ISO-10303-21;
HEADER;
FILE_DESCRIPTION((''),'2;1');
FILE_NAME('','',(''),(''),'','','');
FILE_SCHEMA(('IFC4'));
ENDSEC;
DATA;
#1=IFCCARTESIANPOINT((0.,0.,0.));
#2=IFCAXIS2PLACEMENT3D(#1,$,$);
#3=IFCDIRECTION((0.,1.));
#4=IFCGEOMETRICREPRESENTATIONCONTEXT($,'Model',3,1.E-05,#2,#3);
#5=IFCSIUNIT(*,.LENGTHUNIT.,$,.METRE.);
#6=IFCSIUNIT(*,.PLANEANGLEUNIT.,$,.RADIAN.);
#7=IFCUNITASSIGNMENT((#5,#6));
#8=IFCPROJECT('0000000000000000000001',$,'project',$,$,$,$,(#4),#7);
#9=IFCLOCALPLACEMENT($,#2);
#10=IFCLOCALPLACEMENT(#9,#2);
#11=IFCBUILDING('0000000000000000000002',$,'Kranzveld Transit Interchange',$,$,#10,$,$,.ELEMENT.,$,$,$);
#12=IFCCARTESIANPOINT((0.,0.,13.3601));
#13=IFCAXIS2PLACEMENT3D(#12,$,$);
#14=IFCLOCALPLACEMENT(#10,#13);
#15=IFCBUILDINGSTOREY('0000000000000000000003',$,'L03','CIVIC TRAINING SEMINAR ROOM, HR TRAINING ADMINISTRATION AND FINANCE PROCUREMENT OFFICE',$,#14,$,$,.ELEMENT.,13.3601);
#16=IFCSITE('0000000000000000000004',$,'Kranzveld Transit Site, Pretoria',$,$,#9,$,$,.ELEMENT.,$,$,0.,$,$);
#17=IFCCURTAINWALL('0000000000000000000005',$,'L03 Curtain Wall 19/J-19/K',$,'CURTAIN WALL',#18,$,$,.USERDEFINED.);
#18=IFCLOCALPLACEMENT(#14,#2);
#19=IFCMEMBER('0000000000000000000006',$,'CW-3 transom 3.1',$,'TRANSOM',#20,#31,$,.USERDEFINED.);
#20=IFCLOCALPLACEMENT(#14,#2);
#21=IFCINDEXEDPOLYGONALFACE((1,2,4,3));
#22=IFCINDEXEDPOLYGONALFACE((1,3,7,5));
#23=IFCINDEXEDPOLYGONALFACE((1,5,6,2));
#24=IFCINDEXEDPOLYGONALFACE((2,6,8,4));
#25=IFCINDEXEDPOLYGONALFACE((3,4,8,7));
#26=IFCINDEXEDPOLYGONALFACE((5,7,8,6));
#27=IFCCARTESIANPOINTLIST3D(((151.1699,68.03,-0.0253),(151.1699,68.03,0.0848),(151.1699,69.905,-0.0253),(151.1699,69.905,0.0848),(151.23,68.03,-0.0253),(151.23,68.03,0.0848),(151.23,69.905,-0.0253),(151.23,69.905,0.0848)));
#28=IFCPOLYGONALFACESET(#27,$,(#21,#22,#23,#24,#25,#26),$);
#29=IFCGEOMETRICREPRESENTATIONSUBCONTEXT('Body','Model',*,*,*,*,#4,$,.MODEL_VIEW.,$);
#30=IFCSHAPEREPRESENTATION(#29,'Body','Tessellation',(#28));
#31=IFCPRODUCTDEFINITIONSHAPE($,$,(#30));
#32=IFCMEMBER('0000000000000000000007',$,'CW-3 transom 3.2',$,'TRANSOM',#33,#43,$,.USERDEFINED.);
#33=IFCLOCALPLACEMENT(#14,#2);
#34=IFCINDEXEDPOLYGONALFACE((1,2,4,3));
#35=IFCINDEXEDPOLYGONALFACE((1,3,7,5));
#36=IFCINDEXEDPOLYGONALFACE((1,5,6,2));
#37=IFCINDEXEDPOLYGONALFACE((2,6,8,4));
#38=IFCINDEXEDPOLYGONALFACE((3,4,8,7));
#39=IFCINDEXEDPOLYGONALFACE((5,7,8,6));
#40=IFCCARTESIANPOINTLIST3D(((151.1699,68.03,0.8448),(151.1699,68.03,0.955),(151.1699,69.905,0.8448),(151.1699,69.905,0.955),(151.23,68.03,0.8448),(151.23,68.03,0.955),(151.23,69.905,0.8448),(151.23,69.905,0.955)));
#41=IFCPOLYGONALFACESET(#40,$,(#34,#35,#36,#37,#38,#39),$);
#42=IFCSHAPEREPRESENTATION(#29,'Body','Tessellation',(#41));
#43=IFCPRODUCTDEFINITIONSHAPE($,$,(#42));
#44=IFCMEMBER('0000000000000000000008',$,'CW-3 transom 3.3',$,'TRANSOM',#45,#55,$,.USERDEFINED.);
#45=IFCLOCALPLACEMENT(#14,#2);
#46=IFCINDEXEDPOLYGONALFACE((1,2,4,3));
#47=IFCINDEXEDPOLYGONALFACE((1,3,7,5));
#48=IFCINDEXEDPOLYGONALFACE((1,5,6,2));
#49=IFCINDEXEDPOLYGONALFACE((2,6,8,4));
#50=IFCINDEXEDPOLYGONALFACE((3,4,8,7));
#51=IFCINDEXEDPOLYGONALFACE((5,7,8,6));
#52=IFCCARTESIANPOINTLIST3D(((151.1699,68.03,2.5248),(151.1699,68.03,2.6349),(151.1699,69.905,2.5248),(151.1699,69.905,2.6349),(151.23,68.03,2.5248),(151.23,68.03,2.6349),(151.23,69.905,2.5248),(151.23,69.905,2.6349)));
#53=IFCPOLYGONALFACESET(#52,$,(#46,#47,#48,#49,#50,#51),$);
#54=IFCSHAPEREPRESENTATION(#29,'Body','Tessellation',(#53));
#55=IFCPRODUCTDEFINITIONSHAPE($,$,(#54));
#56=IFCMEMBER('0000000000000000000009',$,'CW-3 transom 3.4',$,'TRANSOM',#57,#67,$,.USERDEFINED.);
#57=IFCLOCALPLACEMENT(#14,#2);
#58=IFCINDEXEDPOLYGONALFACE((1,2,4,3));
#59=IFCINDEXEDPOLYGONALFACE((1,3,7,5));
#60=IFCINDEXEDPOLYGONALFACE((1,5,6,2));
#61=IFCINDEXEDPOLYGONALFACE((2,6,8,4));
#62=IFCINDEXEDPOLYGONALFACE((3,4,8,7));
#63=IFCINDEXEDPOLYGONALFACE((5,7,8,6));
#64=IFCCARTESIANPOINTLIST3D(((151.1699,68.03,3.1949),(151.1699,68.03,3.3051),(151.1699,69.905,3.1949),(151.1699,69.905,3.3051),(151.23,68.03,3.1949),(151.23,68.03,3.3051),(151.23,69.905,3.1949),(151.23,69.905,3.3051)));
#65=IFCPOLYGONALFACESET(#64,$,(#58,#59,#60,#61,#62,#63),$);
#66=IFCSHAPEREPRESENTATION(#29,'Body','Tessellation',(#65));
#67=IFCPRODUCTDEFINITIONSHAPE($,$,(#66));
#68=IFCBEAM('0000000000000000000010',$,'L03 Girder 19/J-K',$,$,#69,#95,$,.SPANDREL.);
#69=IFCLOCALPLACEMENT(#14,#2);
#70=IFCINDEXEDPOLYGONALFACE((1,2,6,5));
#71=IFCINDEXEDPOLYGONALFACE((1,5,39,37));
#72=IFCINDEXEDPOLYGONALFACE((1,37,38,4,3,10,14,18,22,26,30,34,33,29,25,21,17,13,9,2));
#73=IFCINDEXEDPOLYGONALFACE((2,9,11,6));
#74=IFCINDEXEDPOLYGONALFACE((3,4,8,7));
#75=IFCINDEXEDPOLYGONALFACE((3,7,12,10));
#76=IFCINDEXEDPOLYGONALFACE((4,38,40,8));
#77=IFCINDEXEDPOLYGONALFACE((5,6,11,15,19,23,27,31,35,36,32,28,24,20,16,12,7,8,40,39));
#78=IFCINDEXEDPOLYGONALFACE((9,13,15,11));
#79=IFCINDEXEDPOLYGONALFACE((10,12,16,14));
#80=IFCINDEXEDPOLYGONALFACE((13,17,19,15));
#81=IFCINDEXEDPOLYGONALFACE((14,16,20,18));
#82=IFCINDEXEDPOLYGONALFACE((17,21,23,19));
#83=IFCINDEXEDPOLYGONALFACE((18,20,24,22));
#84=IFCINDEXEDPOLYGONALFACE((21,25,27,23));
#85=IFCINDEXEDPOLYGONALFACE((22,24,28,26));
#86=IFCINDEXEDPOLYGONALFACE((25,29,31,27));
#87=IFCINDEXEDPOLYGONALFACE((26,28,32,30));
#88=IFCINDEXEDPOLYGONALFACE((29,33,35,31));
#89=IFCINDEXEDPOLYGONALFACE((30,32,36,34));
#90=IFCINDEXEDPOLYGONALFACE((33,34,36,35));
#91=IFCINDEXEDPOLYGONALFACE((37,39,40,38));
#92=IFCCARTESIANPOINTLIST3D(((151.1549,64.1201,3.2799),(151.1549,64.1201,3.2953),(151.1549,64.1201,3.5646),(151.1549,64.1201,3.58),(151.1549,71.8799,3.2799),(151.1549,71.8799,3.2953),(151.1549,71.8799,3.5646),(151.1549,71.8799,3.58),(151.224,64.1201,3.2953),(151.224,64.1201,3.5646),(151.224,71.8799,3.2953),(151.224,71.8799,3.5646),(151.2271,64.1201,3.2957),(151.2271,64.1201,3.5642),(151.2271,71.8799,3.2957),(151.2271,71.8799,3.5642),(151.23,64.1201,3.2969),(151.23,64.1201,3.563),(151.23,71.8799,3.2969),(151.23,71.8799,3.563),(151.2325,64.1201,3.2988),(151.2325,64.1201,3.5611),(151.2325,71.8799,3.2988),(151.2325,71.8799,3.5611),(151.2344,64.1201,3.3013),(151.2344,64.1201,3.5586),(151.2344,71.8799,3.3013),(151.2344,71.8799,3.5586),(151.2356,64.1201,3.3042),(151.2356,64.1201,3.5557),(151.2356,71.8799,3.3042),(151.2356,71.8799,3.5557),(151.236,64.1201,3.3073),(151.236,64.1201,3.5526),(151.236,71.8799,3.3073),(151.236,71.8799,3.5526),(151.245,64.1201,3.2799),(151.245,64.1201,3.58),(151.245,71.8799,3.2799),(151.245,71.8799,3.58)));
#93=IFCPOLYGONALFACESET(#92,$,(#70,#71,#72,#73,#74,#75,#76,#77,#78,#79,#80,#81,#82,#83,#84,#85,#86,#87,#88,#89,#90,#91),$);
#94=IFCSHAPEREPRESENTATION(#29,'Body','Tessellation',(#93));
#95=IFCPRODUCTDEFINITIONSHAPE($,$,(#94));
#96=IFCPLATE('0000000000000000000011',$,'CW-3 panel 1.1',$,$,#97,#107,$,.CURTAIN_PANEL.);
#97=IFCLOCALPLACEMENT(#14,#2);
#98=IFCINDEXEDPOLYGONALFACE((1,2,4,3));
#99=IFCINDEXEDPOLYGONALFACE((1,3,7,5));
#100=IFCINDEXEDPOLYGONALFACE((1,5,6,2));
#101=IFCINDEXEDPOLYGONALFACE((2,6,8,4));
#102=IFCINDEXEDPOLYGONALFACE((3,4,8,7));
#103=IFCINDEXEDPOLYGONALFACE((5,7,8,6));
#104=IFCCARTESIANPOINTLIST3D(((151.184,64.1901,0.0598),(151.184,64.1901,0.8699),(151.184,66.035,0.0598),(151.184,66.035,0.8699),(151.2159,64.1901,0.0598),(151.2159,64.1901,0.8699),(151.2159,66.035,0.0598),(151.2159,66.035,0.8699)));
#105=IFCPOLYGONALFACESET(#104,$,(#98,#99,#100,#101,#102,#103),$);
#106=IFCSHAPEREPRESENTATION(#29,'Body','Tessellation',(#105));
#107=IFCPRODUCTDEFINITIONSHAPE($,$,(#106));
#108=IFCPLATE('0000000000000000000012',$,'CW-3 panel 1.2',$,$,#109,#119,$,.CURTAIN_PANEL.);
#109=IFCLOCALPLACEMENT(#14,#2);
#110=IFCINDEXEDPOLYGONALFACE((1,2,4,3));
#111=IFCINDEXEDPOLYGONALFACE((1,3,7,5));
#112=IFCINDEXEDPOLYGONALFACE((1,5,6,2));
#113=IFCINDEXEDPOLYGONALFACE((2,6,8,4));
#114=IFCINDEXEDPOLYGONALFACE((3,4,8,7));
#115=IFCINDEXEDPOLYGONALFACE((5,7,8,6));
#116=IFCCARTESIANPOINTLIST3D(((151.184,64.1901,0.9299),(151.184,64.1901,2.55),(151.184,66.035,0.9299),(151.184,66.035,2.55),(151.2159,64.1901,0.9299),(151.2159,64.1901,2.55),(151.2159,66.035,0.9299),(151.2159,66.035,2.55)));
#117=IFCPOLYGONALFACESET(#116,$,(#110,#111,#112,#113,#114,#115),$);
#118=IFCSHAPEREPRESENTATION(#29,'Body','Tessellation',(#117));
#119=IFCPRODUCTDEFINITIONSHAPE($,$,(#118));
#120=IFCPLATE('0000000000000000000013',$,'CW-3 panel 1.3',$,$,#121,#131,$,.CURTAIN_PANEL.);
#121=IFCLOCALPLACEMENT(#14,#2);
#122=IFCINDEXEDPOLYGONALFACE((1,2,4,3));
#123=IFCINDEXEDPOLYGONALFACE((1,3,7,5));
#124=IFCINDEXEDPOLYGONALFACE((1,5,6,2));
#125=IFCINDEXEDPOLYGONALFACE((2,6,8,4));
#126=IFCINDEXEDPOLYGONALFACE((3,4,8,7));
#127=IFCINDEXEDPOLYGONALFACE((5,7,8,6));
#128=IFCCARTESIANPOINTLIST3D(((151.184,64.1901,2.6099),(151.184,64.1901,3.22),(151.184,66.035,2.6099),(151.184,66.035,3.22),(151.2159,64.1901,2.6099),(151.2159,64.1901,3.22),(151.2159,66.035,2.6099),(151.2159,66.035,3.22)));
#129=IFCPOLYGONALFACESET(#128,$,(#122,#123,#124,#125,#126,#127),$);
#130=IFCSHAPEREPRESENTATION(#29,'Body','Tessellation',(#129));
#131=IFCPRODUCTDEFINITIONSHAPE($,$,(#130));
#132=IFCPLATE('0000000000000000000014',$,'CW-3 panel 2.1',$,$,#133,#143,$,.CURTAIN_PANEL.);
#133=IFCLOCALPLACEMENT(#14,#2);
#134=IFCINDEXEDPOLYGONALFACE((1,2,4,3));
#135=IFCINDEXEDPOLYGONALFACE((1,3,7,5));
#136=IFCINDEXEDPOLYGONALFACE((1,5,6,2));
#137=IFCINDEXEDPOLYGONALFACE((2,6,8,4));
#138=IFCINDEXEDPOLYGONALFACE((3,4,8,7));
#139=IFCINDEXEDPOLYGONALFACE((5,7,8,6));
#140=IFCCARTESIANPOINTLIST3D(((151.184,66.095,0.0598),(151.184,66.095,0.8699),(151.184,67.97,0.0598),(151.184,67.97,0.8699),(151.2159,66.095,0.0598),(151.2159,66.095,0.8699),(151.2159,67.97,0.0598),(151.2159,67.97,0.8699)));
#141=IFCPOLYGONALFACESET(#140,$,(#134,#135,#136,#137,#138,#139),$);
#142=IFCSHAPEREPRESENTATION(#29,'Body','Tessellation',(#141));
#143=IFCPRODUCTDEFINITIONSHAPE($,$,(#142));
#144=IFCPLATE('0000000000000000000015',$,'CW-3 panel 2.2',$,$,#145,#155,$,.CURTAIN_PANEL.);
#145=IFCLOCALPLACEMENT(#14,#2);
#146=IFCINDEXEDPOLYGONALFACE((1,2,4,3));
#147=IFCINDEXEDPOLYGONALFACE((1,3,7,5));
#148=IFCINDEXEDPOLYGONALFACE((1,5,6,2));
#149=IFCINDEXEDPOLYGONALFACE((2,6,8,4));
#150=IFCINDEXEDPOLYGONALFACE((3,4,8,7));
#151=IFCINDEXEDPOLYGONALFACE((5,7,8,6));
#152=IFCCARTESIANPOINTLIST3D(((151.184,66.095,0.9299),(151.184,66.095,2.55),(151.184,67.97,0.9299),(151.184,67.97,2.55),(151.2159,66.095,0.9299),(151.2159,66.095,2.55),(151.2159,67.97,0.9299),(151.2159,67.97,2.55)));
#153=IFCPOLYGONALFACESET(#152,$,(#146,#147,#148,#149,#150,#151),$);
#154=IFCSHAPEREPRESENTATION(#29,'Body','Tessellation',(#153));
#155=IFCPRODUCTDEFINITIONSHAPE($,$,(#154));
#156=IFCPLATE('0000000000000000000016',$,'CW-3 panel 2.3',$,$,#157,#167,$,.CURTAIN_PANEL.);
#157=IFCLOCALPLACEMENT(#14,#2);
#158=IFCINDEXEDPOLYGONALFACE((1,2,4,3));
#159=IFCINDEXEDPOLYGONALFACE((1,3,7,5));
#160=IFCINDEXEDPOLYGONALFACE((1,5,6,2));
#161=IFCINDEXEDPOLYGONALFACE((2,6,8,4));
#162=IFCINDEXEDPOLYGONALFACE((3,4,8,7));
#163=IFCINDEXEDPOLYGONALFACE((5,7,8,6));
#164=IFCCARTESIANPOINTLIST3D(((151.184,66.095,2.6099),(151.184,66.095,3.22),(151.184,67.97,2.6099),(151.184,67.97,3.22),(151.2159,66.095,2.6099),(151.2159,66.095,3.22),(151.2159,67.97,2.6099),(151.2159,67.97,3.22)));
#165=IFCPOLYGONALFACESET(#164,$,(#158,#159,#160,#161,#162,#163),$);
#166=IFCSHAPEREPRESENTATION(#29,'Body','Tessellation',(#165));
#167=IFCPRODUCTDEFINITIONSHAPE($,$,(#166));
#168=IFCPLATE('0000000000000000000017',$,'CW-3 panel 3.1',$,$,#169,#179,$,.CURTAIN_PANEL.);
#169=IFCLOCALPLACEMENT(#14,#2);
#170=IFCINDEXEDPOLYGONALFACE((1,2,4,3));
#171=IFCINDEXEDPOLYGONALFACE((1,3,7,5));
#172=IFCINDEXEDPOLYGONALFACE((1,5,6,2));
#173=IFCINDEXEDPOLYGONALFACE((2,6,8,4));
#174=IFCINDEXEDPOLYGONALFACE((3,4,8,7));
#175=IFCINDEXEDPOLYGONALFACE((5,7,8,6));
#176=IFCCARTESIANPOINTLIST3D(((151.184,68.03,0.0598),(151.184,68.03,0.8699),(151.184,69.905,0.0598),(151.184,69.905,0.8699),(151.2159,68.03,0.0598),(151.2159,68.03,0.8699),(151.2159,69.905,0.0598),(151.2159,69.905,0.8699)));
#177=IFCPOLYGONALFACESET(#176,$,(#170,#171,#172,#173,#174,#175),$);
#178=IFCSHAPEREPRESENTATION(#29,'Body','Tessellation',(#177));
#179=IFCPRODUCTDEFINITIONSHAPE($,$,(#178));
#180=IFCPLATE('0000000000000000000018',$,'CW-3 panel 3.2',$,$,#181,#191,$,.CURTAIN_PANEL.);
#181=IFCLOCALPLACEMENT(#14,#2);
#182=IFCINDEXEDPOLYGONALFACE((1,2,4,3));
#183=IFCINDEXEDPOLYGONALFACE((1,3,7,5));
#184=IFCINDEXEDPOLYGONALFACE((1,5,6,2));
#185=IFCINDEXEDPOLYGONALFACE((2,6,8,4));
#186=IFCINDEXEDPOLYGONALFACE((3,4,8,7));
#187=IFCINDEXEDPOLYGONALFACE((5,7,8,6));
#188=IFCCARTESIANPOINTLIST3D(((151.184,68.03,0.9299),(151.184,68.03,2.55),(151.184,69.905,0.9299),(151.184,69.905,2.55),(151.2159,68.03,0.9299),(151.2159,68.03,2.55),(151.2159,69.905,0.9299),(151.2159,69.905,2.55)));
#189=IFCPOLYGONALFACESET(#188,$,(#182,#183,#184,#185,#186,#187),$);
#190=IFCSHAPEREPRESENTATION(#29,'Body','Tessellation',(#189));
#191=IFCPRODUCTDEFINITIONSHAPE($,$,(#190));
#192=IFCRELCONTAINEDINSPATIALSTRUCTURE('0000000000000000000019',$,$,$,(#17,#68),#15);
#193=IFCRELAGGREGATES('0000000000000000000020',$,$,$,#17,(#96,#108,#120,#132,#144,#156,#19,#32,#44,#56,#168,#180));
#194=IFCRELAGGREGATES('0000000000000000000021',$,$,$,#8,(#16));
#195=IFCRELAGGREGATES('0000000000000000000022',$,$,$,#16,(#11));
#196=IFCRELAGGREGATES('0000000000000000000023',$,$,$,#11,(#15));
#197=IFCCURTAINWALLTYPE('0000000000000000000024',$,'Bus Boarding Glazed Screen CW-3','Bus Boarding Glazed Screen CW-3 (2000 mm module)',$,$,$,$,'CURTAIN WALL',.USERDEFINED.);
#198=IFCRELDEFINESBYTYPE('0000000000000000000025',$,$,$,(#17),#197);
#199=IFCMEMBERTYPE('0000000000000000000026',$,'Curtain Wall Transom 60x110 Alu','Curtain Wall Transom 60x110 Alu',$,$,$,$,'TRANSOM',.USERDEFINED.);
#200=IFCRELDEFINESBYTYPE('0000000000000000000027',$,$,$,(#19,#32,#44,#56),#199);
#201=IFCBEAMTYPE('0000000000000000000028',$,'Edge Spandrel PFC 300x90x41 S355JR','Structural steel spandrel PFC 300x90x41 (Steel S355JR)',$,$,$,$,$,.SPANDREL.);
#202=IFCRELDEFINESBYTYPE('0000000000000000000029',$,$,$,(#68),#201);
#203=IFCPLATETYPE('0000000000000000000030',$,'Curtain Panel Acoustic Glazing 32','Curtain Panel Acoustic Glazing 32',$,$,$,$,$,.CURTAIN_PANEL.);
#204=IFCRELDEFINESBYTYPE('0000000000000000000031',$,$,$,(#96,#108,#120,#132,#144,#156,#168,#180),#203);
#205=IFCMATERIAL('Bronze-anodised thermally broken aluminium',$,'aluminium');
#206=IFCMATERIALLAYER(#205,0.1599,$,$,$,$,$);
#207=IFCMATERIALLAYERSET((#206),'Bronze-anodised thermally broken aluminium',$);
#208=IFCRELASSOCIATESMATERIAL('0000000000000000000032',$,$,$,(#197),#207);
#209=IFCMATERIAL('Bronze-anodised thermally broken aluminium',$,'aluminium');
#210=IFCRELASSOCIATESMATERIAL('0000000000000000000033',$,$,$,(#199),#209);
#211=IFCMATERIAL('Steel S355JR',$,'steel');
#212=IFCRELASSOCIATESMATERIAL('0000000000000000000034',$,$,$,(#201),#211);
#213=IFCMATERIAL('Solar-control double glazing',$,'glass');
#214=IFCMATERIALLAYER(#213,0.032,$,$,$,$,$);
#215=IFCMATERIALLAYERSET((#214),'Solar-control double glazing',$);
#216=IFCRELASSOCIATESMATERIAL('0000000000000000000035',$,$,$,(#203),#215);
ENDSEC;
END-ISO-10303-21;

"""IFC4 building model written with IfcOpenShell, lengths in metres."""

from ifc_helpers import new_model, si_unit, direction, frame, origin, origin_2d, place, context, subcontext, project, spatial, rectangle, u_section, extrude, material, layer, layer_set, material_profile, profile_set, type_object, element, aggregate, save


model = new_model("IFC4")

# Units and contexts
model_context = context("Model", 3, precision=1e-05, world=origin(), true_north=direction((0.0, 1.0)))
body_context = subcontext(model_context, "Body", "Model", "MODEL_VIEW")
ifc_project = project(units=[si_unit("LENGTHUNIT", "METRE"), si_unit("PLANEANGLEUNIT", "RADIAN")], contexts=[model_context])

# Site, building, storey
site_placement = place(None, origin())
site = spatial("IfcSite", under=ifc_project, at=site_placement, Name="Kranzveld Transit Site, Pretoria", CompositionType="ELEMENT", RefElevation=0.0)
building_placement = place(site_placement, origin())
building = spatial("IfcBuilding", under=site, at=building_placement, Name="Kranzveld Transit Interchange", CompositionType="ELEMENT")
storey_placement = place(building_placement, frame((0.0, 0.0, 13.3601)))
storey = spatial("IfcBuildingStorey", under=building, at=storey_placement, Name="L03", Description="CIVIC TRAINING SEMINAR ROOM, HR TRAINING ADMINISTRATION AND FINANCE PROCUREMENT OFFICE", CompositionType="ELEMENT", Elevation=13.3601)

# Curtain wall, members
ifc_material_1 = material(Name="Bronze-anodised thermally broken aluminium", Category="aluminium")
ifc_layer_1 = layer(ifc_material_1, 0.1599)
ifc_layer_set_1 = layer_set([ifc_layer_1], Name="Bronze-anodised thermally broken aluminium")
curtain_wall_type = type_object("IfcCurtainWallType", Name="Bus Boarding Glazed Screen CW-3", Description="Bus Boarding Glazed Screen CW-3 (2000 mm module)", ElementType="CURTAIN WALL", PredefinedType="USERDEFINED", material=ifc_layer_set_1)
curtain_wall_placement = place(storey_placement, origin())
curtain_wall = element("IfcCurtainWall", 1, at=curtain_wall_placement, inside=storey, type_object=curtain_wall_type, Name="L03 Curtain Wall 19/J-19/K", ObjectType="CURTAIN WALL", PredefinedType="USERDEFINED")
ifc_material_2 = material(Name="Bronze-anodised thermally broken aluminium", Category="aluminium")
ifc_material_profile_1 = material_profile(ifc_material_2, rectangle(XDim=0.0601, YDim=0.1101, at=origin_2d()), Name="ALU TRANSOM 60x110")
ifc_profile_set_1 = profile_set([ifc_material_profile_1], Name="Bronze-anodised thermally broken aluminium")
member_type_1 = type_object("IfcMemberType", Name="Curtain Wall Transom 60x110 Alu", Description="Curtain Wall Transom 60x110 Alu", ElementType="TRANSOM", PredefinedType="USERDEFINED", material=ifc_profile_set_1)
member_1_placement = place(storey_placement, frame((151.2, 68.03, 0.0298), z_axis=(0.0, 1.0, 0.0), x_axis=(-1.0, 0.0, 0.0)))
member_1 = element("IfcMember", 2, at=member_1_placement, type_object=member_type_1, Name="CW-3 transom 3.1", ObjectType="TRANSOM", PredefinedType="USERDEFINED", context=body_context, shape_type="SweptSolid", body=[
    extrude(rectangle(XDim=0.0601, YDim=0.1101, at=origin_2d()), origin(), (0.0, 0.0, 1.0), 1.875),
])
member_2_placement = place(storey_placement, frame((151.2, 68.03, 0.8999), z_axis=(0.0, 1.0, 0.0), x_axis=(-1.0, 0.0, 0.0)))
member_2 = element("IfcMember", 3, at=member_2_placement, type_object=member_type_1, Name="CW-3 transom 3.2", ObjectType="TRANSOM", PredefinedType="USERDEFINED", context=body_context, shape_type="SweptSolid", body=[
    extrude(rectangle(XDim=0.0601, YDim=0.1101, at=origin_2d()), origin(), (0.0, 0.0, 1.0), 1.875),
])
member_3_placement = place(storey_placement, frame((151.2, 68.03, 2.5798), z_axis=(0.0, 1.0, 0.0), x_axis=(-1.0, 0.0, 0.0)))
member_3 = element("IfcMember", 4, at=member_3_placement, type_object=member_type_1, Name="CW-3 transom 3.3", ObjectType="TRANSOM", PredefinedType="USERDEFINED", context=body_context, shape_type="SweptSolid", body=[
    extrude(rectangle(XDim=0.0601, YDim=0.1101, at=origin_2d()), origin(), (0.0, 0.0, 1.0), 1.875),
])
member_4_placement = place(storey_placement, frame((151.2, 68.03, 3.25), z_axis=(0.0, 1.0, 0.0), x_axis=(-1.0, 0.0, 0.0)))
member_4 = element("IfcMember", 5, at=member_4_placement, type_object=member_type_1, Name="CW-3 transom 3.4", ObjectType="TRANSOM", PredefinedType="USERDEFINED", context=body_context, shape_type="SweptSolid", body=[
    extrude(rectangle(XDim=0.0601, YDim=0.1101, at=origin_2d()), origin(), (0.0, 0.0, 1.0), 1.875),
])

# Beam
ifc_material_3 = material(Name="Steel S355JR", Category="steel")
ifc_material_profile_2 = material_profile(ifc_material_3, u_section(Depth=0.3, FlangeWidth=0.0901, WebThickness=0.009, FlangeThickness=0.0154, FilletRadius=0.012, at=origin_2d()), Name="PFC 300x90x41")
ifc_profile_set_2 = profile_set([ifc_material_profile_2], Name="Steel S355JR")
beam_type = type_object("IfcBeamType", Name="Edge Spandrel PFC 300x90x41 S355JR", Description="Structural steel spandrel PFC 300x90x41 (Steel S355JR)", PredefinedType="SPANDREL", material=ifc_profile_set_2)
beam_placement = place(storey_placement, frame((151.2, 64.1201, 3.4299), z_axis=(0.0, 1.0, 0.0), x_axis=(-1.0, 0.0, 0.0)))
element("IfcBeam", 6, at=beam_placement, inside=storey, type_object=beam_type, Name="L03 Girder 19/J-K", PredefinedType="SPANDREL", context=body_context, shape_type="SweptSolid", body=[
    extrude(u_section(Depth=0.3, FlangeWidth=0.0901, WebThickness=0.009, FlangeThickness=0.0154, FilletRadius=0.012, at=origin_2d()), origin(), (0.0, 0.0, 1.0), 7.7598),
])

# Plates
ifc_material_4 = material(Name="Solar-control double glazing", Category="glass")
ifc_layer_2 = layer(ifc_material_4, 0.032)
ifc_layer_set_2 = layer_set([ifc_layer_2], Name="Solar-control double glazing")
plate_type = type_object("IfcPlateType", Name="Curtain Panel Acoustic Glazing 32", Description="Curtain Panel Acoustic Glazing 32", PredefinedType="CURTAIN_PANEL", material=ifc_layer_set_2)
plate_1_placement = place(storey_placement, frame((151.2, 65.1125, 0.0598), z_axis=(0.0, 0.0, 1.0), x_axis=(0.0, 1.0, 0.0)))
plate_1 = element("IfcPlate", 7, at=plate_1_placement, type_object=plate_type, Name="CW-3 panel 1.1", PredefinedType="CURTAIN_PANEL", context=body_context, shape_type="SweptSolid", body=[
    extrude(rectangle(XDim=1.845, YDim=0.032, at=origin_2d()), origin(), (0.0, 0.0, 1.0), 0.8101),
])
plate_2_placement = place(storey_placement, frame((151.2, 65.1125, 0.9299), z_axis=(0.0, 0.0, 1.0), x_axis=(0.0, 1.0, 0.0)))
plate_2 = element("IfcPlate", 8, at=plate_2_placement, type_object=plate_type, Name="CW-3 panel 1.2", PredefinedType="CURTAIN_PANEL", context=body_context, shape_type="SweptSolid", body=[
    extrude(rectangle(XDim=1.845, YDim=0.032, at=origin_2d()), origin(), (0.0, 0.0, 1.0), 1.6201),
])
plate_3_placement = place(storey_placement, frame((151.2, 65.1125, 2.6099), z_axis=(0.0, 0.0, 1.0), x_axis=(0.0, 1.0, 0.0)))
plate_3 = element("IfcPlate", 9, at=plate_3_placement, type_object=plate_type, Name="CW-3 panel 1.3", PredefinedType="CURTAIN_PANEL", context=body_context, shape_type="SweptSolid", body=[
    extrude(rectangle(XDim=1.845, YDim=0.032, at=origin_2d()), origin(), (0.0, 0.0, 1.0), 0.6101),
])
plate_4_placement = place(storey_placement, frame((151.2, 67.0325, 0.0598), z_axis=(0.0, 0.0, 1.0), x_axis=(0.0, 1.0, 0.0)))
plate_4 = element("IfcPlate", 10, at=plate_4_placement, type_object=plate_type, Name="CW-3 panel 2.1", PredefinedType="CURTAIN_PANEL", context=body_context, shape_type="SweptSolid", body=[
    extrude(rectangle(XDim=1.875, YDim=0.032, at=origin_2d()), origin(), (0.0, 0.0, 1.0), 0.8101),
])
plate_5_placement = place(storey_placement, frame((151.2, 67.0325, 0.9299), z_axis=(0.0, 0.0, 1.0), x_axis=(0.0, 1.0, 0.0)))
plate_5 = element("IfcPlate", 11, at=plate_5_placement, type_object=plate_type, Name="CW-3 panel 2.2", PredefinedType="CURTAIN_PANEL", context=body_context, shape_type="SweptSolid", body=[
    extrude(rectangle(XDim=1.875, YDim=0.032, at=origin_2d()), origin(), (0.0, 0.0, 1.0), 1.6201),
])
plate_6_placement = place(storey_placement, frame((151.2, 67.0325, 2.6099), z_axis=(0.0, 0.0, 1.0), x_axis=(0.0, 1.0, 0.0)))
plate_6 = element("IfcPlate", 12, at=plate_6_placement, type_object=plate_type, Name="CW-3 panel 2.3", PredefinedType="CURTAIN_PANEL", context=body_context, shape_type="SweptSolid", body=[
    extrude(rectangle(XDim=1.875, YDim=0.032, at=origin_2d()), origin(), (0.0, 0.0, 1.0), 0.6101),
])
plate_7_placement = place(storey_placement, frame((151.2, 68.9675, 0.0598), z_axis=(0.0, 0.0, 1.0), x_axis=(0.0, 1.0, 0.0)))
plate_7 = element("IfcPlate", 13, at=plate_7_placement, type_object=plate_type, Name="CW-3 panel 3.1", PredefinedType="CURTAIN_PANEL", context=body_context, shape_type="SweptSolid", body=[
    extrude(rectangle(XDim=1.875, YDim=0.032, at=origin_2d()), origin(), (0.0, 0.0, 1.0), 0.8101),
])
plate_8_placement = place(storey_placement, frame((151.2, 68.9675, 0.9299), z_axis=(0.0, 0.0, 1.0), x_axis=(0.0, 1.0, 0.0)))
plate_8 = element("IfcPlate", 14, at=plate_8_placement, type_object=plate_type, Name="CW-3 panel 3.2", PredefinedType="CURTAIN_PANEL", context=body_context, shape_type="SweptSolid", body=[
    extrude(rectangle(XDim=1.875, YDim=0.032, at=origin_2d()), origin(), (0.0, 0.0, 1.0), 1.6201),
])
aggregate(curtain_wall, [plate_1, plate_2, plate_3, plate_4, plate_5, plate_6, member_1, member_2, member_3, member_4, plate_7, plate_8])

save(model, "model.ifc")
